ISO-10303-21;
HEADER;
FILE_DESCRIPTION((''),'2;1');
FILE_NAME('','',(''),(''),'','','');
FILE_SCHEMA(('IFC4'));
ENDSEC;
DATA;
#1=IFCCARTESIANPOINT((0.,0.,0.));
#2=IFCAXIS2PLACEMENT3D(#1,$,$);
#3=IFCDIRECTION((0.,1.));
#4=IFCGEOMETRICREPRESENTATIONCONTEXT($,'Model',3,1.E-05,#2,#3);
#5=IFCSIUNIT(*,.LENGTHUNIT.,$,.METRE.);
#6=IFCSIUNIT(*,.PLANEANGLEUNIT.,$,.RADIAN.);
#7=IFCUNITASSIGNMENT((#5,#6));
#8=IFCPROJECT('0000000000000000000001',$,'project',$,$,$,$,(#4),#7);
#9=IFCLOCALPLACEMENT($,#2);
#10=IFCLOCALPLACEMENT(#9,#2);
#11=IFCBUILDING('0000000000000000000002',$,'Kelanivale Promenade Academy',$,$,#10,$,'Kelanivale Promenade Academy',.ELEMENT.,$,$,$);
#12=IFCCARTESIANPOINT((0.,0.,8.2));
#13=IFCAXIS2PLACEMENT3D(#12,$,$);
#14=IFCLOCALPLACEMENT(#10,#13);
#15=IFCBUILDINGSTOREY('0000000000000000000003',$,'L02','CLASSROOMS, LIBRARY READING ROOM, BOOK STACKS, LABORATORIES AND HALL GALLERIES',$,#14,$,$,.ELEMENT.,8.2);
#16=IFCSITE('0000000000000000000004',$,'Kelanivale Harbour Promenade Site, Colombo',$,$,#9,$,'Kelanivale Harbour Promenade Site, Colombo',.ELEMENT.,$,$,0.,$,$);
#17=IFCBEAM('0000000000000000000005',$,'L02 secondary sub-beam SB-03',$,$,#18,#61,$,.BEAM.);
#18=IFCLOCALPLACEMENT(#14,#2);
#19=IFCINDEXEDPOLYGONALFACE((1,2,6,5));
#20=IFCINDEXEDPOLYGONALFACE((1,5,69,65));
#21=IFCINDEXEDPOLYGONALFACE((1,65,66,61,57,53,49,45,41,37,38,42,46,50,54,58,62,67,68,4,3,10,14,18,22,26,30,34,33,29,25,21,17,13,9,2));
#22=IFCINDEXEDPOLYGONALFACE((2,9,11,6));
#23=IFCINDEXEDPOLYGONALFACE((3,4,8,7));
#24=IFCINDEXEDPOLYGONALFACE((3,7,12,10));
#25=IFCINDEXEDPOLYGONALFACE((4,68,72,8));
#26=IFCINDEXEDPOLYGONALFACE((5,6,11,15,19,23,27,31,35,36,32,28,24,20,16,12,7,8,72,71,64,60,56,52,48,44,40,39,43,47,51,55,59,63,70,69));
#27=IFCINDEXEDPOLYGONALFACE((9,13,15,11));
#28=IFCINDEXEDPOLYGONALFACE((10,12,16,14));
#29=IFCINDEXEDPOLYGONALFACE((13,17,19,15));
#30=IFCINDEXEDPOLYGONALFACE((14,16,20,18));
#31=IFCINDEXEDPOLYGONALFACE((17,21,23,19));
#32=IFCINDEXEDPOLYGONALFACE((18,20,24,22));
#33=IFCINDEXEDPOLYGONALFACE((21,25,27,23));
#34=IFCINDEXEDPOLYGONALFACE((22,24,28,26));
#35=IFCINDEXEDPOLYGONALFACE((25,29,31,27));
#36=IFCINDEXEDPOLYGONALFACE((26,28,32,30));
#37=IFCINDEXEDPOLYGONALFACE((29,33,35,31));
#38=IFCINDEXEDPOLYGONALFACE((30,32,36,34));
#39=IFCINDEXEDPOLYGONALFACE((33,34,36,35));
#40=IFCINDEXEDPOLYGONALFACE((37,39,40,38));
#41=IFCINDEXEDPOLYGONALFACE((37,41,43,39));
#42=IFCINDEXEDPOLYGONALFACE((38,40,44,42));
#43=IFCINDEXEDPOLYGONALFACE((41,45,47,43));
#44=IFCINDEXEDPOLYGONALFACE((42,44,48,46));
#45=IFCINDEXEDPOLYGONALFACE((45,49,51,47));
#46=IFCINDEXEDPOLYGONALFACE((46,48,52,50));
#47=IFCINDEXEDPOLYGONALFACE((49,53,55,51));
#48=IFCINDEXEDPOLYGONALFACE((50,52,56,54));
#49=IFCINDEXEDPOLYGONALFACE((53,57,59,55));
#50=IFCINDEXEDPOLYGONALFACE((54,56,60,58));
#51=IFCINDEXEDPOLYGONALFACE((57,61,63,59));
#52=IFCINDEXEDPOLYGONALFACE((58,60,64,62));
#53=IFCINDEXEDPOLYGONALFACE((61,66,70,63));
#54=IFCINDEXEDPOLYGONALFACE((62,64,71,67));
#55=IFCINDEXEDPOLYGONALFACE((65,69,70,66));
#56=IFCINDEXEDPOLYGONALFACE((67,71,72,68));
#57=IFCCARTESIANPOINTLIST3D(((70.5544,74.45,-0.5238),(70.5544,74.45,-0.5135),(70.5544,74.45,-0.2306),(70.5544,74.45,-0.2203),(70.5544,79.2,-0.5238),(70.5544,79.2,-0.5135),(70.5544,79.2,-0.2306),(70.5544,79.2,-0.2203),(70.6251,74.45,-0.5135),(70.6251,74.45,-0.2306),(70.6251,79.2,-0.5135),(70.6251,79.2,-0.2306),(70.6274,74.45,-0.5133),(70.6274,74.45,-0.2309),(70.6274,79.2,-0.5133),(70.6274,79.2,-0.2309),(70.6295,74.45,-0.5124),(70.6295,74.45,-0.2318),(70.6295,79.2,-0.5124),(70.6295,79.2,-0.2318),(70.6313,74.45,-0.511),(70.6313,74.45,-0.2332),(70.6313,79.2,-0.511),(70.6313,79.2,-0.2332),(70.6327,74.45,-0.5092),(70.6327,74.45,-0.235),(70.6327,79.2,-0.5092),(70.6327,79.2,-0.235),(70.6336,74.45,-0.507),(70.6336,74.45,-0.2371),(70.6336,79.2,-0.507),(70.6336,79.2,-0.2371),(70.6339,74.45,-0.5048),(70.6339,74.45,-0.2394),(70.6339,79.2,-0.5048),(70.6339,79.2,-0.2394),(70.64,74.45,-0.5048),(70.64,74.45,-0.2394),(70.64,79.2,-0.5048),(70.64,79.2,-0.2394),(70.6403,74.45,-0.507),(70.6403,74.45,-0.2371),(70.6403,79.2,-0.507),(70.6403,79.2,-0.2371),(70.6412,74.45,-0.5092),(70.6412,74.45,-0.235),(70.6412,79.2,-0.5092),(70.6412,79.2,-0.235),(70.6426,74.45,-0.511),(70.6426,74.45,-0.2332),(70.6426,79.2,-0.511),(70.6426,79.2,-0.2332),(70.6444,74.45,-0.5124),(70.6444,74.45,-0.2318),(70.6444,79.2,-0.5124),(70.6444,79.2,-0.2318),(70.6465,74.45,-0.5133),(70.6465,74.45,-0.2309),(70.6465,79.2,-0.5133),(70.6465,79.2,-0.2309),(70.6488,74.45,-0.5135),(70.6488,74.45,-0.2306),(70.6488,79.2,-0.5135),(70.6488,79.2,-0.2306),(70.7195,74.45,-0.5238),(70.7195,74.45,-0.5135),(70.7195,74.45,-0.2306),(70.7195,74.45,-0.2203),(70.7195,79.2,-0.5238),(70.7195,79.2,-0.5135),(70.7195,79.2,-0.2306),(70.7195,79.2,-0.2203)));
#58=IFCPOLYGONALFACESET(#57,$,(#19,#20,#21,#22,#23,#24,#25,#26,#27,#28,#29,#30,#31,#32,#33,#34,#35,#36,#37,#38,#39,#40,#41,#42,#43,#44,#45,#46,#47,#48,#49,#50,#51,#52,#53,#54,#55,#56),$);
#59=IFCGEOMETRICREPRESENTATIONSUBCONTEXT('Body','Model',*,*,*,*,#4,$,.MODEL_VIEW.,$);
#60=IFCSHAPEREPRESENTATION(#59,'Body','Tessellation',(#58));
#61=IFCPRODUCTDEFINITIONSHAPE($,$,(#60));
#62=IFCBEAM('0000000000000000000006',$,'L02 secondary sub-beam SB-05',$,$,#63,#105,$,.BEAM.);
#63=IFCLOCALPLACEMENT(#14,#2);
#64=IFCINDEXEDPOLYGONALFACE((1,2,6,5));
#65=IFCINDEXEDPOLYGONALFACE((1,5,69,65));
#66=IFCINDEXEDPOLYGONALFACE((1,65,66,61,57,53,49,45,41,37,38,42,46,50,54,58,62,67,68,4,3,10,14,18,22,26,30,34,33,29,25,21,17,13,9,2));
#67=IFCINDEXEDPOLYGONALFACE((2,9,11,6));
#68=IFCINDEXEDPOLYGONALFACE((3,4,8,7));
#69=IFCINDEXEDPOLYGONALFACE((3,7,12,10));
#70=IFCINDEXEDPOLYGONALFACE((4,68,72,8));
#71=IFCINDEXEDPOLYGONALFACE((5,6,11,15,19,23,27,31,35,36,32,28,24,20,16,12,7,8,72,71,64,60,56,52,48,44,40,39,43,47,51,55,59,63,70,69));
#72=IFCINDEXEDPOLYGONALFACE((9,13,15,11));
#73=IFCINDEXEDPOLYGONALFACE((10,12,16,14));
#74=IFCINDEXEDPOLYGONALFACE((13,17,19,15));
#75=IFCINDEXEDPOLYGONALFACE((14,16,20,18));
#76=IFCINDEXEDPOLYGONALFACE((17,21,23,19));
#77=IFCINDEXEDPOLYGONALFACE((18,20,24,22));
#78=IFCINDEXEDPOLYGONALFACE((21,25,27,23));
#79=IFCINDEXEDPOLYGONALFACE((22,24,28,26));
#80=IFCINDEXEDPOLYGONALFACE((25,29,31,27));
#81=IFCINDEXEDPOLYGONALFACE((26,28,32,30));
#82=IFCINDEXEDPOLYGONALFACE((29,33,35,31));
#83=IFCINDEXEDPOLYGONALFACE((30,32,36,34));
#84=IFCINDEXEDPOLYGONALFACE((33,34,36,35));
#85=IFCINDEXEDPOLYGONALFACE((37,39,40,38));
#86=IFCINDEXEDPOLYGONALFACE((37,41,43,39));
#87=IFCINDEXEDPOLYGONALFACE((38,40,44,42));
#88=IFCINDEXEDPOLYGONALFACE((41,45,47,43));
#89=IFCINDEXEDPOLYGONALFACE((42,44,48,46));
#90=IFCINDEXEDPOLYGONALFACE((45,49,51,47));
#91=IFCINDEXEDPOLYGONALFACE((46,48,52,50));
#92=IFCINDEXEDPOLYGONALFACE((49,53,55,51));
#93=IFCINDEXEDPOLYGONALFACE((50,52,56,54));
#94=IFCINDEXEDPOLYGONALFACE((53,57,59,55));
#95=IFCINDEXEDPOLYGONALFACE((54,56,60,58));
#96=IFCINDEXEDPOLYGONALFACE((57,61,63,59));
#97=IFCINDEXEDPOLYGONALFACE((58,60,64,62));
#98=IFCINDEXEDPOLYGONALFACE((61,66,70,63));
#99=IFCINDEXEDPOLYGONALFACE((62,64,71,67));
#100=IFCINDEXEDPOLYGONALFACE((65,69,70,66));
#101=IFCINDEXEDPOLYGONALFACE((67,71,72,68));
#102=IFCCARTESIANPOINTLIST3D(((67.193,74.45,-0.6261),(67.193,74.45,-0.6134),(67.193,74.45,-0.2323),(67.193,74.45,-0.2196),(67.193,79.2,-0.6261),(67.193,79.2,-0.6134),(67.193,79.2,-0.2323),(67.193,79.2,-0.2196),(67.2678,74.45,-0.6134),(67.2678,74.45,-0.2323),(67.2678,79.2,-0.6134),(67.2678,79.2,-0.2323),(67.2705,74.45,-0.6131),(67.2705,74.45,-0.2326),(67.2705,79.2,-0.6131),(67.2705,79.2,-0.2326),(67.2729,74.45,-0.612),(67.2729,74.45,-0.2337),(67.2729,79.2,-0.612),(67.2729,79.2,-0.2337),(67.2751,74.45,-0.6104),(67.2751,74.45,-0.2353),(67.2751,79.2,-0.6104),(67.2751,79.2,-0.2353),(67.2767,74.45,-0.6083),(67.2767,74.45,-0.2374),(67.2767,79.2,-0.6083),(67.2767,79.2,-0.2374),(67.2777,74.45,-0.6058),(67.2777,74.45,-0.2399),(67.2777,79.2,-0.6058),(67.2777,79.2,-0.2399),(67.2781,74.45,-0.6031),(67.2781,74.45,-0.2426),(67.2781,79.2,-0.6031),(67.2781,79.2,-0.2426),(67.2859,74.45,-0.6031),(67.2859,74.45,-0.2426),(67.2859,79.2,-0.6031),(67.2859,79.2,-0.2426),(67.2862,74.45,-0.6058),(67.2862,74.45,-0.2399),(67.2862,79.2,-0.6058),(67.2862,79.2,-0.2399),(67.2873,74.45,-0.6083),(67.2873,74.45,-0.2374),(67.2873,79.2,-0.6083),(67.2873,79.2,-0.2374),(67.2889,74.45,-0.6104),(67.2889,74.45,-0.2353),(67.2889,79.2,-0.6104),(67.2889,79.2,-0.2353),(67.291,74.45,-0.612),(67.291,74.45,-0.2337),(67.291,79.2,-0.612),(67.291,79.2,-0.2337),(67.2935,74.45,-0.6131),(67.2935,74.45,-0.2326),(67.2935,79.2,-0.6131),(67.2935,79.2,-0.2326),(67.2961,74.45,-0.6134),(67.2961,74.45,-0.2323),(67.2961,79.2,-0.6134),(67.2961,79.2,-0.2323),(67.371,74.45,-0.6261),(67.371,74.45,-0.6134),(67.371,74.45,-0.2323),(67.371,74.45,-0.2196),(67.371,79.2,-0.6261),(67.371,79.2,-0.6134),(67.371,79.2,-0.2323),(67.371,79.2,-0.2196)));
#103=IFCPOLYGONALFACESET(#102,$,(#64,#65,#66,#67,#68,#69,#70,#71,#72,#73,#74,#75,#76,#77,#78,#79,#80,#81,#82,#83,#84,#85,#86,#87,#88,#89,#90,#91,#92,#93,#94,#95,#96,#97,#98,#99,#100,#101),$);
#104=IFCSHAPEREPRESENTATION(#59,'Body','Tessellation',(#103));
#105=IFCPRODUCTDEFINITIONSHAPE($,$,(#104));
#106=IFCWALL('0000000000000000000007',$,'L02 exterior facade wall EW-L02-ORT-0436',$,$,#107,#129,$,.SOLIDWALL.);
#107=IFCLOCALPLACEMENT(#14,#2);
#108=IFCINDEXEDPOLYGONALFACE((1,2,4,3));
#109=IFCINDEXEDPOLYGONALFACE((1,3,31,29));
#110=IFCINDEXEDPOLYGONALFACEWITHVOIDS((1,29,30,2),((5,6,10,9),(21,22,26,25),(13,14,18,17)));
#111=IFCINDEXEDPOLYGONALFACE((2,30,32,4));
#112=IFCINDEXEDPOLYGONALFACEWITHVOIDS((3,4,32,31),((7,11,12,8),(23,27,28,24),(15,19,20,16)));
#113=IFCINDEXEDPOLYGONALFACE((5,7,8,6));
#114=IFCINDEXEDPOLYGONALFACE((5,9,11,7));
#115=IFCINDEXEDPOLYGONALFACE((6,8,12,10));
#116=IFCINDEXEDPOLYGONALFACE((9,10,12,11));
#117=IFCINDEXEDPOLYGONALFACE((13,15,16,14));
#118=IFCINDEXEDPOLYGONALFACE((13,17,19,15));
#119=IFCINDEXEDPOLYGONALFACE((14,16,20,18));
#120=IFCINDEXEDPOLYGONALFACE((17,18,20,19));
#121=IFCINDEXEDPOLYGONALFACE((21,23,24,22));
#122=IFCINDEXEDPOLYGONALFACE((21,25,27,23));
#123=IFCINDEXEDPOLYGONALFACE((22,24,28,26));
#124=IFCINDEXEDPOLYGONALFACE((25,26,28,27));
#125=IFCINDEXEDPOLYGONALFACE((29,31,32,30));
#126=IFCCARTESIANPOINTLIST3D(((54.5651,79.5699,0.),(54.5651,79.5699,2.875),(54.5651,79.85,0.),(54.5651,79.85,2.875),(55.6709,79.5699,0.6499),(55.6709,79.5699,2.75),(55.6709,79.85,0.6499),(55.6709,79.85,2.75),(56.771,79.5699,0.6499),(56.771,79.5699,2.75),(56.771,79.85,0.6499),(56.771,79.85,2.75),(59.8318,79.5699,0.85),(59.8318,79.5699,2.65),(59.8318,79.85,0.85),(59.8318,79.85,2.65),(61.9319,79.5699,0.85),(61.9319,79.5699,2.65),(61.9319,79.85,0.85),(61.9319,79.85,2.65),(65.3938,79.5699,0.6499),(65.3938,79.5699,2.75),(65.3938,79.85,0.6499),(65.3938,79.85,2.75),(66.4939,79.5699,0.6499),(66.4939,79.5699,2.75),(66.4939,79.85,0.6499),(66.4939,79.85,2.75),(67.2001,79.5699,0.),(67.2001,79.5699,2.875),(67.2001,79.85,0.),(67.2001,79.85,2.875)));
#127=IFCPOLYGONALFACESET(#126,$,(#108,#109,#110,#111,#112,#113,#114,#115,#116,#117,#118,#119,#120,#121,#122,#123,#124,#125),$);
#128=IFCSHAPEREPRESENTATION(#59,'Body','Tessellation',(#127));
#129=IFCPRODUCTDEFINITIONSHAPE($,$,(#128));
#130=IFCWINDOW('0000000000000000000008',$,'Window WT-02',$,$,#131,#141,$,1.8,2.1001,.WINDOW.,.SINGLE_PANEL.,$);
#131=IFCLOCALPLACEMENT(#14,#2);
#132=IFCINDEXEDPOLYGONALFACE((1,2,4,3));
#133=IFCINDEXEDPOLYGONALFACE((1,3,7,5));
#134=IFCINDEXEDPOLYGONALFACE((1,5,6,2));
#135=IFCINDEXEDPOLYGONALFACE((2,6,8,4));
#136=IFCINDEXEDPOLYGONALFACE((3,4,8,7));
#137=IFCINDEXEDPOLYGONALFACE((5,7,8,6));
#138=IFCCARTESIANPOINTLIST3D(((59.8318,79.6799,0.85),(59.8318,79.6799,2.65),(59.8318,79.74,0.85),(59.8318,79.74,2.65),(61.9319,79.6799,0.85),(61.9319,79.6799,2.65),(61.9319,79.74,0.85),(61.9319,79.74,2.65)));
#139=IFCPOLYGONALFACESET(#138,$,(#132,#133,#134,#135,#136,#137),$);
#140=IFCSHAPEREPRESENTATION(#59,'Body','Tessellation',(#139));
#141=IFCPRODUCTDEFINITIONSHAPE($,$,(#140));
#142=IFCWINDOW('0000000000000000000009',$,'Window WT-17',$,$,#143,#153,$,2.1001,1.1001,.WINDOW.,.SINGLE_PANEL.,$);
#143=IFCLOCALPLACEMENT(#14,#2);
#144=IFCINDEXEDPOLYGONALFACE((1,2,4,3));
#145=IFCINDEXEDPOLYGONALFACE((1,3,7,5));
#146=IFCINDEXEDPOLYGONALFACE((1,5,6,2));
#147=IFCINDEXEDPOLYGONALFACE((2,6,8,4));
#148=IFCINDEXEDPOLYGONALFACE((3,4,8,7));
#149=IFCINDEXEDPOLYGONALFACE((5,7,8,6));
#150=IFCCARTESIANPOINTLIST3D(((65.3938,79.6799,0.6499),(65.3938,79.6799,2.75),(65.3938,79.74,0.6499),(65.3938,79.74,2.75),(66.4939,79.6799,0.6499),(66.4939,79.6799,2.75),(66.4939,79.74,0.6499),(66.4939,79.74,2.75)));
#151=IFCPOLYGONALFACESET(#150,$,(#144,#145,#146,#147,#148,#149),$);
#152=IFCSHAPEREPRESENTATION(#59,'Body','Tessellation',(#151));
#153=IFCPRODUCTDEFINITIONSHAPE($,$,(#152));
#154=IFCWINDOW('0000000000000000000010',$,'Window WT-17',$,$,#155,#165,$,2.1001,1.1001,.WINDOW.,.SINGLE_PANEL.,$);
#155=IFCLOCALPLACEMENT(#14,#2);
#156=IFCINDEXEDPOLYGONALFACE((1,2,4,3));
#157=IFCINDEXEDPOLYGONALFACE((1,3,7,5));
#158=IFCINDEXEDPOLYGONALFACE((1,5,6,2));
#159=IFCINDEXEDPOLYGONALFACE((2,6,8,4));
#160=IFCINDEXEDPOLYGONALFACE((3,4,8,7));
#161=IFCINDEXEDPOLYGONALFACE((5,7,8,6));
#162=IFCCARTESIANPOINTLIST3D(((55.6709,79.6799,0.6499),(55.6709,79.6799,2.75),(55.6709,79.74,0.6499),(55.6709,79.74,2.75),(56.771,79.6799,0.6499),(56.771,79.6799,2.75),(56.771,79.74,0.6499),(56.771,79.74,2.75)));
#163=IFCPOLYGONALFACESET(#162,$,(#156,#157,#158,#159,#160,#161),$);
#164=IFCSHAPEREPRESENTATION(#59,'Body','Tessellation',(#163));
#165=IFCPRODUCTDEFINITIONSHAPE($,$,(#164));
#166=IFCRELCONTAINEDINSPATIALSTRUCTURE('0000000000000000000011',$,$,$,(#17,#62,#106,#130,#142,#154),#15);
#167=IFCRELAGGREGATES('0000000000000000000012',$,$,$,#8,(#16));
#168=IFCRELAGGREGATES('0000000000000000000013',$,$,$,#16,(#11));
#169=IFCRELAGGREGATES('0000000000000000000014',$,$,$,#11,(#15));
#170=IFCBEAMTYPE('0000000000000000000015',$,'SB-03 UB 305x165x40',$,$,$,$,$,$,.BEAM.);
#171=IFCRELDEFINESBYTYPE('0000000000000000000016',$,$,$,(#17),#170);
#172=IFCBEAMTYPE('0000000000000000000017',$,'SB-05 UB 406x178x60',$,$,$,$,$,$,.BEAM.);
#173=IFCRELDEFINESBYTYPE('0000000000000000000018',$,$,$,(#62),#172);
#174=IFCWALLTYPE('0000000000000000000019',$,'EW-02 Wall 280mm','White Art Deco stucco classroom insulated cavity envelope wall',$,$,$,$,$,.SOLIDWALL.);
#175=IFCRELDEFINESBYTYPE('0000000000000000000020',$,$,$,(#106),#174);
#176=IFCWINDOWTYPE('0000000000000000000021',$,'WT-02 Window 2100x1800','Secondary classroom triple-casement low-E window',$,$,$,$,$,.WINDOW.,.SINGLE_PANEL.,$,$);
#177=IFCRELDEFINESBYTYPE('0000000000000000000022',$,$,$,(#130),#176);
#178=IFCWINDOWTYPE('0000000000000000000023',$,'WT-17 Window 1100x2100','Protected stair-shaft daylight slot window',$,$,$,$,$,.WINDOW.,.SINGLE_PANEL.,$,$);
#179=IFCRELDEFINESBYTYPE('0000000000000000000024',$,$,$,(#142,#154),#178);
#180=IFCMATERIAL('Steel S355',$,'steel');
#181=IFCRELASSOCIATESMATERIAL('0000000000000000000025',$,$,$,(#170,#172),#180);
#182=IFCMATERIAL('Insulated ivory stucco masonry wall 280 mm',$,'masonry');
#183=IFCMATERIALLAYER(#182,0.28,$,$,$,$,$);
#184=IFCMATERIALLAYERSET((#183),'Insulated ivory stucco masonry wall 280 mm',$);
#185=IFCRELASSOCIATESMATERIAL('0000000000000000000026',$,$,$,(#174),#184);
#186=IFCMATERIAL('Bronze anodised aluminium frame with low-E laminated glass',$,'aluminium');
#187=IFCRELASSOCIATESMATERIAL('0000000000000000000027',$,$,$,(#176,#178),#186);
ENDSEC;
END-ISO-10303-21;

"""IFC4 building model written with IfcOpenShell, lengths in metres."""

from ifc_helpers import new_model, si_unit, direction, frame, frame_2d, origin, origin_2d, place, context, subcontext, project, spatial, rectangle, i_section, extrude, material, layer, layer_set, material_profile, profile_set, type_object, element, fill, save


model = new_model("IFC4")

# Units and contexts
model_context = context("Model", 3, precision=1e-05, world=origin(), true_north=direction((0.0, 1.0)))
body_context = subcontext(model_context, "Body", "Model", "MODEL_VIEW")
ifc_project = project(units=[si_unit("LENGTHUNIT", "METRE"), si_unit("PLANEANGLEUNIT", "RADIAN")], contexts=[model_context])

# Site, building, storey
site_placement = place(None, origin())
site = spatial("IfcSite", under=ifc_project, at=site_placement, Name="Kelanivale Harbour Promenade Site, Colombo", LongName="Kelanivale Harbour Promenade Site, Colombo", CompositionType="ELEMENT", RefElevation=0.0)
building_placement = place(site_placement, origin())
building = spatial("IfcBuilding", under=site, at=building_placement, Name="Kelanivale Promenade Academy", LongName="Kelanivale Promenade Academy", CompositionType="ELEMENT")
storey_placement = place(building_placement, frame((0.0, 0.0, 8.2)))
storey = spatial("IfcBuildingStorey", under=building, at=storey_placement, Name="L02", Description="CLASSROOMS, LIBRARY READING ROOM, BOOK STACKS, LABORATORIES AND HALL GALLERIES", CompositionType="ELEMENT", Elevation=8.2)

# Beams
ifc_material_1 = material(Name="Steel S355", Category="steel")
ifc_material_profile_1 = material_profile(ifc_material_1, i_section(OverallWidth=0.165, OverallDepth=0.3035, WebThickness=0.0061, FlangeThickness=0.0103, FilletRadius=0.0088, at=origin_2d()), Name="UB 305x165x40")
ifc_profile_set_1 = profile_set([ifc_material_profile_1], Name="Steel S355")
beam_type_1 = type_object("IfcBeamType", Name="SB-03 UB 305x165x40", PredefinedType="BEAM", material=ifc_profile_set_1)
beam_1_placement = place(storey_placement, frame((70.637, 74.45, -0.3721), z_axis=(0.0, 1.0, 0.0), x_axis=(-1.0, 0.0, 0.0)))
element("IfcBeam", 1, at=beam_1_placement, inside=storey, type_object=beam_type_1, Name="L02 secondary sub-beam SB-03", PredefinedType="BEAM", context=body_context, shape_type="SweptSolid", body=[
    extrude(i_section(OverallWidth=0.165, OverallDepth=0.3035, WebThickness=0.0061, FlangeThickness=0.0103, FilletRadius=0.0088, at=origin_2d()), origin(), (0.0, 0.0, 1.0), 4.75),
])
ifc_material_profile_2 = material_profile(ifc_material_1, i_section(OverallWidth=0.178, OverallDepth=0.4065, WebThickness=0.0078, FlangeThickness=0.0127, FilletRadius=0.0103, at=origin_2d()), Name="UB 406x178x60")
ifc_profile_set_2 = profile_set([ifc_material_profile_2], Name="Steel S355")
beam_type_2 = type_object("IfcBeamType", Name="SB-05 UB 406x178x60", PredefinedType="BEAM", material=ifc_profile_set_2)
beam_2_placement = place(storey_placement, frame((67.282, 74.45, -0.4229), z_axis=(0.0, 1.0, 0.0), x_axis=(-1.0, 0.0, 0.0)))
element("IfcBeam", 2, at=beam_2_placement, inside=storey, type_object=beam_type_2, Name="L02 secondary sub-beam SB-05", PredefinedType="BEAM", context=body_context, shape_type="SweptSolid", body=[
    extrude(i_section(OverallWidth=0.178, OverallDepth=0.4065, WebThickness=0.0078, FlangeThickness=0.0127, FilletRadius=0.0103, at=origin_2d()), origin(), (0.0, 0.0, 1.0), 4.75),
])

# Wall, openings, windows
ifc_material_2 = material(Name="Insulated ivory stucco masonry wall 280 mm", Category="masonry")
ifc_layer_1 = layer(ifc_material_2, 0.28)
ifc_layer_set_1 = layer_set([ifc_layer_1], Name="Insulated ivory stucco masonry wall 280 mm")
wall_type = type_object("IfcWallType", Name="EW-02 Wall 280mm", Description="White Art Deco stucco classroom insulated cavity envelope wall", PredefinedType="SOLIDWALL", material=ifc_layer_set_1)
wall_placement = place(storey_placement, frame((67.2, 79.71, 0.0), z_axis=(0.0, 0.0, 1.0), x_axis=(-1.0, 0.0, 0.0)))
wall = element("IfcWall", 3, at=wall_placement, inside=storey, type_object=wall_type, Name="L02 exterior facade wall EW-L02-ORT-0436", PredefinedType="SOLIDWALL", context=body_context, shape_type="SweptSolid", body=[
    extrude(rectangle(XDim=12.635, YDim=0.28, at=frame_2d((6.3174, 0.0))), origin(), (0.0, 0.0, 1.0), 2.875),
])
opening_1_placement = place(wall_placement, frame((0.7061, 0.0, 0.6499)))
opening_1 = element("IfcOpeningElement", 4, at=opening_1_placement, cuts=wall, PredefinedType="OPENING", context=body_context, shape_type="SweptSolid", body=[
    extrude(rectangle(XDim=1.1001, YDim=2.1001, at=frame_2d((0.55, 1.05))), frame((0.0, 0.1499, 0.0), z_axis=(0.0, -1.0, 0.0), x_axis=(1.0, 0.0, 0.0)), (0.0, 0.0, 1.0), 0.3),
])
opening_2_placement = place(wall_placement, frame((5.2681, 0.0, 0.8501)))
opening_2 = element("IfcOpeningElement", 5, at=opening_2_placement, cuts=wall, PredefinedType="OPENING", context=body_context, shape_type="SweptSolid", body=[
    extrude(rectangle(XDim=2.1001, YDim=1.8, at=frame_2d((1.05, 0.8999))), frame((0.0, 0.1499, 0.0), z_axis=(0.0, -1.0, 0.0), x_axis=(1.0, 0.0, 0.0)), (0.0, 0.0, 1.0), 0.3),
])
opening_3_placement = place(wall_placement, frame((10.429, 0.0, 0.6499)))
opening_3 = element("IfcOpeningElement", 6, at=opening_3_placement, cuts=wall, PredefinedType="OPENING", context=body_context, shape_type="SweptSolid", body=[
    extrude(rectangle(XDim=1.1001, YDim=2.1001, at=frame_2d((0.55, 1.05))), frame((0.0, 0.1499, 0.0), z_axis=(0.0, -1.0, 0.0), x_axis=(1.0, 0.0, 0.0)), (0.0, 0.0, 1.0), 0.3),
])
ifc_material_3 = material(Name="Bronze anodised aluminium frame with low-E laminated glass", Category="aluminium")
window_type_1 = type_object("IfcWindowType", Name="WT-02 Window 2100x1800", Description="Secondary classroom triple-casement low-E window", PartitioningType="SINGLE_PANEL", PredefinedType="WINDOW", material=ifc_material_3)
window_1_placement = place(opening_2_placement, origin())
window_1 = element("IfcWindow", 7, at=window_1_placement, inside=storey, type_object=window_type_1, Name="Window WT-02", OverallHeight=1.8, OverallWidth=2.1001, PartitioningType="SINGLE_PANEL", PredefinedType="WINDOW", context=body_context, shape_type="SweptSolid", body=[
    extrude(rectangle(XDim=2.1001, YDim=1.8, at=frame_2d((1.05, 0.8999))), frame((0.0, 0.03, 0.0), z_axis=(0.0, -1.0, 0.0), x_axis=(1.0, 0.0, 0.0)), (0.0, 0.0, 1.0), 0.0601),
])
fill(opening_2, window_1)
window_type_2 = type_object("IfcWindowType", Name="WT-17 Window 1100x2100", Description="Protected stair-shaft daylight slot window", PartitioningType="SINGLE_PANEL", PredefinedType="WINDOW", material=ifc_material_3)
window_2_placement = place(opening_1_placement, origin())
window_2 = element("IfcWindow", 8, at=window_2_placement, inside=storey, type_object=window_type_2, Name="Window WT-17", OverallHeight=2.1001, OverallWidth=1.1001, PartitioningType="SINGLE_PANEL", PredefinedType="WINDOW", context=body_context, shape_type="SweptSolid", body=[
    extrude(rectangle(XDim=1.1001, YDim=2.1001, at=frame_2d((0.55, 1.05))), frame((0.0, 0.03, 0.0), z_axis=(0.0, -1.0, 0.0), x_axis=(1.0, 0.0, 0.0)), (0.0, 0.0, 1.0), 0.0601),
])
fill(opening_1, window_2)
window_3_placement = place(opening_3_placement, origin())
window_3 = element("IfcWindow", 9, at=window_3_placement, inside=storey, type_object=window_type_2, Name="Window WT-17", OverallHeight=2.1001, OverallWidth=1.1001, PartitioningType="SINGLE_PANEL", PredefinedType="WINDOW", context=body_context, shape_type="SweptSolid", body=[
    extrude(rectangle(XDim=1.1001, YDim=2.1001, at=frame_2d((0.55, 1.05))), frame((0.0, 0.03, 0.0), z_axis=(0.0, -1.0, 0.0), x_axis=(1.0, 0.0, 0.0)), (0.0, 0.0, 1.0), 0.0601),
])
fill(opening_3, window_3)

save(model, "model.ifc")
